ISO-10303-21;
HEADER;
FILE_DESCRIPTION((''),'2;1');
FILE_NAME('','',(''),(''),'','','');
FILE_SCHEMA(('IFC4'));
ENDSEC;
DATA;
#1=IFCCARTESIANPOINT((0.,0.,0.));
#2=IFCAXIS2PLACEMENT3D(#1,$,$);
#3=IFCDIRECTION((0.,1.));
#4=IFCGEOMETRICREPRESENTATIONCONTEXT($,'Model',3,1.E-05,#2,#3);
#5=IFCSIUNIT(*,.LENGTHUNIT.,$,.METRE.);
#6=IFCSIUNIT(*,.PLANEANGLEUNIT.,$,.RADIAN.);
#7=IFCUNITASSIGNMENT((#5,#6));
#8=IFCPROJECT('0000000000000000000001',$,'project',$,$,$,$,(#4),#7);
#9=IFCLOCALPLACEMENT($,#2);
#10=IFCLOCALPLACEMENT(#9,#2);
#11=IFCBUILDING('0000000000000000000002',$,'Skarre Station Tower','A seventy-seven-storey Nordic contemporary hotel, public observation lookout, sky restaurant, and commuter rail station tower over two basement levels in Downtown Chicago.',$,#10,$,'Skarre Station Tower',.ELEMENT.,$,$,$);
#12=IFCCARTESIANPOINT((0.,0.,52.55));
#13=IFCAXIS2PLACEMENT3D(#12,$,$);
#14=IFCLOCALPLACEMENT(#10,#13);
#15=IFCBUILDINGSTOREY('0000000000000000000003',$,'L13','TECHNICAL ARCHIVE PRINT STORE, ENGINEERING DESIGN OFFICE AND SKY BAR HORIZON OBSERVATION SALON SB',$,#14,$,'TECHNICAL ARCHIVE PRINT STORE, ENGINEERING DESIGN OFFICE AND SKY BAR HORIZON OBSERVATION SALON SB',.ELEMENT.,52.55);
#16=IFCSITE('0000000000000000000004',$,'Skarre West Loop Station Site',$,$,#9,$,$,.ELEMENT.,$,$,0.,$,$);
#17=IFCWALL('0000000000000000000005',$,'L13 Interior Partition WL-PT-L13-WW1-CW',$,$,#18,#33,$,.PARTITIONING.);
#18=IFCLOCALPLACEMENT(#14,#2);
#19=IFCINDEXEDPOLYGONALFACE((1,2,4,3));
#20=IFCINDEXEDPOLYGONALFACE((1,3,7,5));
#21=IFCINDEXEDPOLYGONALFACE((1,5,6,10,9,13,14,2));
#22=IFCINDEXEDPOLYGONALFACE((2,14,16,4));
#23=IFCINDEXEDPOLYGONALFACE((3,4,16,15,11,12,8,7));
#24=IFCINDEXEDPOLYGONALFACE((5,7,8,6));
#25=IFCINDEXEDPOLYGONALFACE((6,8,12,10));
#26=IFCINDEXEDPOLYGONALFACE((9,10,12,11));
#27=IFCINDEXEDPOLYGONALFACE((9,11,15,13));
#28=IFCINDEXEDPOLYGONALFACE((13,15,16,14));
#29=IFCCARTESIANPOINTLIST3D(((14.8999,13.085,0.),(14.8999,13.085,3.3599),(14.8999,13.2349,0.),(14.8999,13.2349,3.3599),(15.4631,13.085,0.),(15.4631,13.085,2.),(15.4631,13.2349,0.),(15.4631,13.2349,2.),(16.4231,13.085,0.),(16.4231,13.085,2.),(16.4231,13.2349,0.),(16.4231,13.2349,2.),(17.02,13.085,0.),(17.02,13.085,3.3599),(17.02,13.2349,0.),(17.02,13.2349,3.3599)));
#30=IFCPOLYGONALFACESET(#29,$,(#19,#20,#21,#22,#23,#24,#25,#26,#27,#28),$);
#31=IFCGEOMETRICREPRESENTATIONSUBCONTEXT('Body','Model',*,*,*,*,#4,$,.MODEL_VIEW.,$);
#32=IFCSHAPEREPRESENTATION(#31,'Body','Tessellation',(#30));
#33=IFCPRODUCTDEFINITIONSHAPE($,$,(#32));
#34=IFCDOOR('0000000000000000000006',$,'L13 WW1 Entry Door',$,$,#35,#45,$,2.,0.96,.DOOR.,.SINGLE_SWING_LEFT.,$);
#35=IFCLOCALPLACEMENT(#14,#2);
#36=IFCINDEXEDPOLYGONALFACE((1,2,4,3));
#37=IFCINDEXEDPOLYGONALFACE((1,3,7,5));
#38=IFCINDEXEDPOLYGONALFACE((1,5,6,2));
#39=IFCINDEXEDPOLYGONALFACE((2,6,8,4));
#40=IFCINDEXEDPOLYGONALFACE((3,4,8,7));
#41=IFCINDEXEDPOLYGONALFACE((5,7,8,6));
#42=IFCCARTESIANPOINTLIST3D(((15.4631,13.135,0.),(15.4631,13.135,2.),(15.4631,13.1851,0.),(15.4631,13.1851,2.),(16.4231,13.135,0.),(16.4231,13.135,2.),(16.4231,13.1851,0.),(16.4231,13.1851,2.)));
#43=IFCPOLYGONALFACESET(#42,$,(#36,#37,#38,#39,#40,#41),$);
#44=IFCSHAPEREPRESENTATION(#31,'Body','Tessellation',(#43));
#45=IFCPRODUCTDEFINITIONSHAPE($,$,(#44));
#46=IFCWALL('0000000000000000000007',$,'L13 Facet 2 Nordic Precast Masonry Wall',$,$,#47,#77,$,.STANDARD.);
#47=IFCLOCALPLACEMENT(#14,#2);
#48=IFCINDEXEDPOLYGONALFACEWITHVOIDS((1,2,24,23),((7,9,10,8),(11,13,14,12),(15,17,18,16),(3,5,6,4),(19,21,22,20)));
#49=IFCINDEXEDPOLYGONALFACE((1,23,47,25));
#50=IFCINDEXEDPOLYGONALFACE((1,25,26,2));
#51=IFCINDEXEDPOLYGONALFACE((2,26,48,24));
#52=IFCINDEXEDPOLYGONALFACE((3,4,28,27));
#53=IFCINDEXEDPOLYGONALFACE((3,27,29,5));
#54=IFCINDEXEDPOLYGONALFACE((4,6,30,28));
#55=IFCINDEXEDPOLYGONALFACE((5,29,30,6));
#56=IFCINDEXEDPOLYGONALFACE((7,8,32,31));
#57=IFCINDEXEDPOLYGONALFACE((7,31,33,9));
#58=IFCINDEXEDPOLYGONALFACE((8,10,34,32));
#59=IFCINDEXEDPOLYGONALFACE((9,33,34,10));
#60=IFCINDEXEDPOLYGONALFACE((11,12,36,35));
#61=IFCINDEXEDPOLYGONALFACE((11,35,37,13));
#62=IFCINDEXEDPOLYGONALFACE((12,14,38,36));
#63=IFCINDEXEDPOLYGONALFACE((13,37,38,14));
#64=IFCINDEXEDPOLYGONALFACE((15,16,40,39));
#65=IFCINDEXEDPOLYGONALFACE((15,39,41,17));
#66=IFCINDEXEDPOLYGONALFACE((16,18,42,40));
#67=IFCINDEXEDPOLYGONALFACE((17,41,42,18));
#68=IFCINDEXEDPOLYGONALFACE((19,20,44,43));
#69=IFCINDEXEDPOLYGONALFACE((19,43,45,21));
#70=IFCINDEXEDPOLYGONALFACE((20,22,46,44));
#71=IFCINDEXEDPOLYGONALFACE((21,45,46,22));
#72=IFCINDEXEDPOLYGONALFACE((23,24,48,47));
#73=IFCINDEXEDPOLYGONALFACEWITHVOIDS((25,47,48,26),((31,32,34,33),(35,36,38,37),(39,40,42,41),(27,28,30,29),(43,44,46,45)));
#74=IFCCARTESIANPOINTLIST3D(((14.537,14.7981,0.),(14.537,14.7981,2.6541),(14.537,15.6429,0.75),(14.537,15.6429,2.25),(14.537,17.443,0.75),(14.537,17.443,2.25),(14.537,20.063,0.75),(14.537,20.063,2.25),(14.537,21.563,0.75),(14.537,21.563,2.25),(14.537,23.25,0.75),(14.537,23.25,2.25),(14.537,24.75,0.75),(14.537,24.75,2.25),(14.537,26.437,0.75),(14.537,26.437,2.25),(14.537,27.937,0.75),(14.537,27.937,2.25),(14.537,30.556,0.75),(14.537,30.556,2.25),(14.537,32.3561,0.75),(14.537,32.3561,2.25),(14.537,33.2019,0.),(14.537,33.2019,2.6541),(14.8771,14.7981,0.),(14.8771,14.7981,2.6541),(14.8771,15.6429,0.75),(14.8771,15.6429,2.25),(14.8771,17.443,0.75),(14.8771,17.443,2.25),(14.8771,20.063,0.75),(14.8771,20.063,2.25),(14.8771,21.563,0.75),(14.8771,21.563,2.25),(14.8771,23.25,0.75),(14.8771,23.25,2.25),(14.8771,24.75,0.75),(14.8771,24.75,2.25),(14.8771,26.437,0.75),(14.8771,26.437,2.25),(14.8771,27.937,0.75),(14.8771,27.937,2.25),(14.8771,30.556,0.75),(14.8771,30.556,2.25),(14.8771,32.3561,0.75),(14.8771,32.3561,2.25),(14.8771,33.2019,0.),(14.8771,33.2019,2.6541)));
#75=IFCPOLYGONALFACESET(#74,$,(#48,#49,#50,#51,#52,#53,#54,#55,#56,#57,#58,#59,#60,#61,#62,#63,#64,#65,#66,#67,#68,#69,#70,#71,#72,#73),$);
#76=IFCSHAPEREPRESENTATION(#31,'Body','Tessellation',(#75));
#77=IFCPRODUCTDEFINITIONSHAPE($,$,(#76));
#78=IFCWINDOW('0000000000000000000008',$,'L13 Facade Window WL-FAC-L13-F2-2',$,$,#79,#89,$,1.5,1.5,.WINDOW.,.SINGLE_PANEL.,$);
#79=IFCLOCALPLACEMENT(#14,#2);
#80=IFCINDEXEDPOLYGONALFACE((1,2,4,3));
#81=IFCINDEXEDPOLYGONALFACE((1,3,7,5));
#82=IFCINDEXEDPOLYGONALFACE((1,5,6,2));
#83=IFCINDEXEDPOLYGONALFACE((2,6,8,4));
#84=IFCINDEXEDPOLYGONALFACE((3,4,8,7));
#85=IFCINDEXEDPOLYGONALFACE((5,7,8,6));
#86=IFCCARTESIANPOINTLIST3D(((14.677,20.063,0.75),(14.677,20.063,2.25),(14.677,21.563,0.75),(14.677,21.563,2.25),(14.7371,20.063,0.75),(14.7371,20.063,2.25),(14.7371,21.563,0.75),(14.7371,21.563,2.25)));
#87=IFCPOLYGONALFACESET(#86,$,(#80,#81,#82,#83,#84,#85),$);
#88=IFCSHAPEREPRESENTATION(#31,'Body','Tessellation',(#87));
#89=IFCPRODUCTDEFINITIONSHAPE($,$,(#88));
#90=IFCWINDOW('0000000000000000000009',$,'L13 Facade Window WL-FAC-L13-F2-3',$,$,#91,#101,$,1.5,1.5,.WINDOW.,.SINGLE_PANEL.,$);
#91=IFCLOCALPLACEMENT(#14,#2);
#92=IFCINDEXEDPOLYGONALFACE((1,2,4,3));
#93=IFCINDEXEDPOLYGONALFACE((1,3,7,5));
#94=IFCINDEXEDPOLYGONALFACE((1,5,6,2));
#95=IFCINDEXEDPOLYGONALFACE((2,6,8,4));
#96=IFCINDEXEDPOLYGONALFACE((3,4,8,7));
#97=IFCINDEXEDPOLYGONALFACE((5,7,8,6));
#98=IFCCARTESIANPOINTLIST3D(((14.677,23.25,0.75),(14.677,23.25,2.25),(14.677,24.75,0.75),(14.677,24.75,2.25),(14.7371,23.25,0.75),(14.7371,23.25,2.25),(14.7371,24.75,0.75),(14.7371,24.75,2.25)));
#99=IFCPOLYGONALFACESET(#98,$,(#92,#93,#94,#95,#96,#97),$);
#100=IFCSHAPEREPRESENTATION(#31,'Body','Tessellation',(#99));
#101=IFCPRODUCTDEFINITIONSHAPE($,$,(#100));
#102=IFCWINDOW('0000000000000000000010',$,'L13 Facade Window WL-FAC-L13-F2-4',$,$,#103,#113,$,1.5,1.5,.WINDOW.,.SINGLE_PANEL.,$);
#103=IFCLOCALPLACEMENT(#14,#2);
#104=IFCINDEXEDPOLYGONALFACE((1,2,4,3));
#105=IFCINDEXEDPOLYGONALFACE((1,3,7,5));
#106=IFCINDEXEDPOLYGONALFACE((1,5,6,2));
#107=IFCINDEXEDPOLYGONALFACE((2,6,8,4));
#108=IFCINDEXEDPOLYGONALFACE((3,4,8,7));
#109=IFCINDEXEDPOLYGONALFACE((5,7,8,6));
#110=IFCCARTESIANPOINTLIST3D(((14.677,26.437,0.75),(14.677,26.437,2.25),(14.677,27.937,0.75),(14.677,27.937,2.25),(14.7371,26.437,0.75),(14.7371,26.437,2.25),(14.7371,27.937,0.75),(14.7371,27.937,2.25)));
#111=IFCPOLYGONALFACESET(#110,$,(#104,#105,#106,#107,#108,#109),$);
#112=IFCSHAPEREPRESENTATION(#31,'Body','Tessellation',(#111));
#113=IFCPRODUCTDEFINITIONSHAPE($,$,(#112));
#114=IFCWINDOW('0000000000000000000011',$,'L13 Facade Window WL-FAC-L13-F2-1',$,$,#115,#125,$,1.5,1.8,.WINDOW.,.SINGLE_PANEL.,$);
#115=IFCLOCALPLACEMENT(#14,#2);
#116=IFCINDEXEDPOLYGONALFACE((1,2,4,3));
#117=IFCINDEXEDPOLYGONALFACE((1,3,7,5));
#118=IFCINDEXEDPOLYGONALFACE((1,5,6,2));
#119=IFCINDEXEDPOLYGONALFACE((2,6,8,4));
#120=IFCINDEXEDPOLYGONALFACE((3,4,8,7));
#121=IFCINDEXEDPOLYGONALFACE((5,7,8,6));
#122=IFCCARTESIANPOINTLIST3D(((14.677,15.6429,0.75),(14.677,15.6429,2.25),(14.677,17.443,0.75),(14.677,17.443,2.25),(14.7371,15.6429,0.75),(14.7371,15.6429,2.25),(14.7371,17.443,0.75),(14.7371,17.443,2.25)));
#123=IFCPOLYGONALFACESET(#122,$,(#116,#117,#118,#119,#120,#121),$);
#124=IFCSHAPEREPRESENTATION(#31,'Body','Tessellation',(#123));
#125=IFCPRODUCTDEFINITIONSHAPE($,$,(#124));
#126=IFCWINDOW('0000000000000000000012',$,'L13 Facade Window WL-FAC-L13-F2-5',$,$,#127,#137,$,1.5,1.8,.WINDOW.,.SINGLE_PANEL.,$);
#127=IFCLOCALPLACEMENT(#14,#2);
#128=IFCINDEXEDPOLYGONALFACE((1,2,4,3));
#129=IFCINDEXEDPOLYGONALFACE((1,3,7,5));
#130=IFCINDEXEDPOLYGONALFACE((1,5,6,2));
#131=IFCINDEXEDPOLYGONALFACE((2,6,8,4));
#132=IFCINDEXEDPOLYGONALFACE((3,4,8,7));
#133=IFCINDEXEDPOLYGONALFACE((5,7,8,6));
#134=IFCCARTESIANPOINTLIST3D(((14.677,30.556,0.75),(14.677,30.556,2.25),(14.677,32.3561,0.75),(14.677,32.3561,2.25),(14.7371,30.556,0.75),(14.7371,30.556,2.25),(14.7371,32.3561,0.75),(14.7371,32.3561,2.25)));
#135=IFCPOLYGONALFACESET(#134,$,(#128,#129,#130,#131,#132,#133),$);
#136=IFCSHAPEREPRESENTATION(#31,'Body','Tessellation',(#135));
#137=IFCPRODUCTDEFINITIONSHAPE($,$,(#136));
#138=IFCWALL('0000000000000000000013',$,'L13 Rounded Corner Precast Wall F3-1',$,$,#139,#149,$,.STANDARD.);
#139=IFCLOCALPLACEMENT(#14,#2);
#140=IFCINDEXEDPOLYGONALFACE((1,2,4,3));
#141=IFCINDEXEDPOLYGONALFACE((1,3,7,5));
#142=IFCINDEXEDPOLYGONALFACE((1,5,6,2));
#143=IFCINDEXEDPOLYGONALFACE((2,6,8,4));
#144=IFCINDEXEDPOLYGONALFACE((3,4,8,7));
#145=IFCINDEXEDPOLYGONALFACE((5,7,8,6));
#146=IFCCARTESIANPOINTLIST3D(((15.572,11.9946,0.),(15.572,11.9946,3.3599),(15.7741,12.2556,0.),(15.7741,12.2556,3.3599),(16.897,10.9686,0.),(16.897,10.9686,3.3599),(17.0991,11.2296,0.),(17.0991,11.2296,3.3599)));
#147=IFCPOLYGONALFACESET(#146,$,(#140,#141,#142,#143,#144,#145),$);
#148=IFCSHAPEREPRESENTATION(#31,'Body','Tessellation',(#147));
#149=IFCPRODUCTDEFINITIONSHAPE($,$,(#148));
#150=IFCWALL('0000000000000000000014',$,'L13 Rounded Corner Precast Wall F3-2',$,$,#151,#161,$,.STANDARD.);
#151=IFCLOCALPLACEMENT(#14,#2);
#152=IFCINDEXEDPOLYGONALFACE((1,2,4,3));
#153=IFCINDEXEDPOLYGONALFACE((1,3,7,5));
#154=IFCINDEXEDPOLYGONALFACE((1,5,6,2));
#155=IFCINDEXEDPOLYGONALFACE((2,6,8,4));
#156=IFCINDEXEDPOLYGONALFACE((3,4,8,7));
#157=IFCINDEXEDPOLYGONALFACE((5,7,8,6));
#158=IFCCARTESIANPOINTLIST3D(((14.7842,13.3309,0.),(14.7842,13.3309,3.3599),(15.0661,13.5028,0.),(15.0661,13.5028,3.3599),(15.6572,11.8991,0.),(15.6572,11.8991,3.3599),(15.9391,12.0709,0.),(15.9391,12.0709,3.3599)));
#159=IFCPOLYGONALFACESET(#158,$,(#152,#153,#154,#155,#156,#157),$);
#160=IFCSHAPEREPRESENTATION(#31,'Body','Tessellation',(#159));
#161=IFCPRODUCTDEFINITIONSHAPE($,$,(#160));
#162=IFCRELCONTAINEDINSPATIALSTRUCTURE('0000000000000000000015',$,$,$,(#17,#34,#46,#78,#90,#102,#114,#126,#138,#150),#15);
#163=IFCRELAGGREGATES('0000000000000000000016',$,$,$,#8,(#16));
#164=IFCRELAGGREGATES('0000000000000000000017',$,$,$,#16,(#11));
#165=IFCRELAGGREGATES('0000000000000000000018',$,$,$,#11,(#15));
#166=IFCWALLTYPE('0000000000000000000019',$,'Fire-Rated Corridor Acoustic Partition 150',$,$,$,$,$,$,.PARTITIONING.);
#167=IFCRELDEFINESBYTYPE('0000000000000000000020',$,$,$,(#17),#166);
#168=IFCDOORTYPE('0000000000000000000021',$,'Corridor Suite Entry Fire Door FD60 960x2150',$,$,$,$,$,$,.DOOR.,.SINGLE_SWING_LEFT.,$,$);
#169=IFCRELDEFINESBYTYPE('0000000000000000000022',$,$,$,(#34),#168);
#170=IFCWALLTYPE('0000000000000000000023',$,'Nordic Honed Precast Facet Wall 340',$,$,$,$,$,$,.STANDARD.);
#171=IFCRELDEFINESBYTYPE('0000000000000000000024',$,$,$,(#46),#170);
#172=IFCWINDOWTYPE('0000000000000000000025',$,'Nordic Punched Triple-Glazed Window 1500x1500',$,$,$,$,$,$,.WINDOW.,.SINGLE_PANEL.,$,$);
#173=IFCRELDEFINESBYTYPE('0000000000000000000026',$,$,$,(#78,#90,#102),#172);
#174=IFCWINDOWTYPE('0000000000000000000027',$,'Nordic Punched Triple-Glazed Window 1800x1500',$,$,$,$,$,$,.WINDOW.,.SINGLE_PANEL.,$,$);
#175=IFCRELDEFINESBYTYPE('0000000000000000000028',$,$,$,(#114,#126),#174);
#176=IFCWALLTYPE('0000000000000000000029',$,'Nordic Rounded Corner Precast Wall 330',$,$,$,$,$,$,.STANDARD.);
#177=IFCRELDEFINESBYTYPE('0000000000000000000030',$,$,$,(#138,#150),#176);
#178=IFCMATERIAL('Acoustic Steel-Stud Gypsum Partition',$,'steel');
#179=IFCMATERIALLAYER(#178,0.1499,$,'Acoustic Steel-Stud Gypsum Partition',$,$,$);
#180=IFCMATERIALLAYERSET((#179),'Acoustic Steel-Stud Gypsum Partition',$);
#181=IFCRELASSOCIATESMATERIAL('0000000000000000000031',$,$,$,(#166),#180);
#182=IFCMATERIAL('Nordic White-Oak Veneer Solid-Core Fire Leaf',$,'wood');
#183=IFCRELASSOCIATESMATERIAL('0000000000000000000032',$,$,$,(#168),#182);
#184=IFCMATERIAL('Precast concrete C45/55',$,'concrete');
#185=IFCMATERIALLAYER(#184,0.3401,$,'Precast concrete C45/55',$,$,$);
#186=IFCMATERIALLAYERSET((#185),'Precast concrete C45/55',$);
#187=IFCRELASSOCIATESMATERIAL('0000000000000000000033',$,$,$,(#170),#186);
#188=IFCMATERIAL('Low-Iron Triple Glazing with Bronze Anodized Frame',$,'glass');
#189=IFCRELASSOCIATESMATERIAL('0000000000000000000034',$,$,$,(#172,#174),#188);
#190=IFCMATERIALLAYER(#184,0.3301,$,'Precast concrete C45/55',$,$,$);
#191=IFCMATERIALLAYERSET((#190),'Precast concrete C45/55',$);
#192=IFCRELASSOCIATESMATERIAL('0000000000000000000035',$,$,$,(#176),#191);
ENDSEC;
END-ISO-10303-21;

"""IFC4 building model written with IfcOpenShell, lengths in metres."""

from ifc_helpers import new_model, si_unit, direction, frame, frame_2d, origin, place, context, subcontext, project, spatial, rectangle, extrude, material, layer, layer_set, type_object, element, fill, save


model = new_model("IFC4")

# Units and contexts
model_context = context("Model", 3, precision=1e-05, world=origin(), true_north=direction((0.0, 1.0)))
body_context = subcontext(model_context, "Body", "Model", "MODEL_VIEW")
ifc_project = project(units=[si_unit("LENGTHUNIT", "METRE"), si_unit("PLANEANGLEUNIT", "RADIAN")], contexts=[model_context])

# Site, building, storey
site_placement = place(None, origin())
site = spatial("IfcSite", under=ifc_project, at=site_placement, Name="Skarre West Loop Station Site", CompositionType="ELEMENT", RefElevation=0.0)
building_placement = place(site_placement, origin())
building = spatial("IfcBuilding", under=site, at=building_placement, Name="Skarre Station Tower", Description="A seventy-seven-storey Nordic contemporary hotel, public observation lookout, sky restaurant, and commuter rail station tower over two basement levels in Downtown Chicago.", LongName="Skarre Station Tower", CompositionType="ELEMENT")
storey_placement = place(building_placement, frame((0.0, 0.0, 52.55)))
storey = spatial("IfcBuildingStorey", under=building, at=storey_placement, Name="L13", Description="TECHNICAL ARCHIVE PRINT STORE, ENGINEERING DESIGN OFFICE AND SKY BAR HORIZON OBSERVATION SALON SB", LongName="TECHNICAL ARCHIVE PRINT STORE, ENGINEERING DESIGN OFFICE AND SKY BAR HORIZON OBSERVATION SALON SB", CompositionType="ELEMENT", Elevation=52.55)

# Wall, opening, door
ifc_material_1 = material(Name="Acoustic Steel-Stud Gypsum Partition", Category="steel")
ifc_layer_1 = layer(ifc_material_1, 0.1499, Name="Acoustic Steel-Stud Gypsum Partition")
ifc_layer_set_1 = layer_set([ifc_layer_1], Name="Acoustic Steel-Stud Gypsum Partition")
wall_type_1 = type_object("IfcWallType", Name="Fire-Rated Corridor Acoustic Partition 150", PredefinedType="PARTITIONING", material=ifc_layer_set_1)
wall_1_placement = place(storey_placement, frame((17.02, 13.1599, 0.0), z_axis=(0.0, 0.0, 1.0), x_axis=(-1.0, 0.0, 0.0)))
wall_1 = element("IfcWall", 1, at=wall_1_placement, inside=storey, type_object=wall_type_1, Name="L13 Interior Partition WL-PT-L13-WW1-CW", PredefinedType="PARTITIONING", context=body_context, shape_type="SweptSolid", body=[
    extrude(rectangle(XDim=2.1201, YDim=0.1499, at=frame_2d((1.0601, 0.0))), origin(), (0.0, 0.0, 1.0), 3.3599),
])
opening_1_placement = place(wall_1_placement, frame((0.5969, 0.0, 0.0)))
opening_1 = element("IfcOpeningElement", 2, at=opening_1_placement, cuts=wall_1, PredefinedType="OPENING", context=body_context, shape_type="SweptSolid", body=[
    extrude(rectangle(XDim=0.96, YDim=2.0, at=frame_2d((0.48, 1.0))), frame((0.0, 0.085, 0.0), z_axis=(0.0, -1.0, 0.0), x_axis=(1.0, 0.0, 0.0)), (0.0, 0.0, 1.0), 0.1699),
])
ifc_material_2 = material(Name="Nordic White-Oak Veneer Solid-Core Fire Leaf", Category="wood")
door_type_1 = type_object("IfcDoorType", Name="Corridor Suite Entry Fire Door FD60 960x2150", OperationType="SINGLE_SWING_LEFT", PredefinedType="DOOR", material=ifc_material_2)
door_1_placement = place(opening_1_placement, origin())
door_1 = element("IfcDoor", 3, at=door_1_placement, inside=storey, type_object=door_type_1, Name="L13 WW1 Entry Door", OperationType="SINGLE_SWING_LEFT", OverallHeight=2.0, OverallWidth=0.96, PredefinedType="DOOR", context=body_context, shape_type="SweptSolid", body=[
    extrude(rectangle(XDim=0.96, YDim=2.0, at=frame_2d((0.48, 1.0))), frame((0.0, 0.0249, 0.0), z_axis=(0.0, -1.0, 0.0), x_axis=(1.0, 0.0, 0.0)), (0.0, 0.0, 1.0), 0.05),
])
fill(opening_1, door_1)

# Wall, openings, windows
ifc_material_3 = material(Name="Precast concrete C45/55", Category="concrete")
ifc_layer_2 = layer(ifc_material_3, 0.3401, Name="Precast concrete C45/55")
ifc_layer_set_2 = layer_set([ifc_layer_2], Name="Precast concrete C45/55")
wall_type_2 = type_object("IfcWallType", Name="Nordic Honed Precast Facet Wall 340", PredefinedType="STANDARD", material=ifc_layer_set_2)
wall_2_placement = place(storey_placement, frame((14.707, 14.7981, 0.0), z_axis=(0.0, 0.0, 1.0), x_axis=(0.0, 1.0, 0.0)))
wall_2 = element("IfcWall", 4, at=wall_2_placement, inside=storey, type_object=wall_type_2, Name="L13 Facet 2 Nordic Precast Masonry Wall", PredefinedType="STANDARD", context=body_context, shape_type="SweptSolid", body=[
    extrude(rectangle(XDim=18.4038, YDim=0.3401, at=frame_2d((9.2019, 0.0))), origin(), (0.0, 0.0, 1.0), 2.6541),
])
opening_2_placement = place(wall_2_placement, frame((0.845, 0.0, 0.75)))
opening_2 = element("IfcOpeningElement", 5, at=opening_2_placement, cuts=wall_2, PredefinedType="OPENING", context=body_context, shape_type="SweptSolid", body=[
    extrude(rectangle(XDim=1.8, YDim=1.5, at=frame_2d((0.8999, 0.75))), frame((0.0, 0.1799, 0.0), z_axis=(0.0, -1.0, 0.0), x_axis=(1.0, 0.0, 0.0)), (0.0, 0.0, 1.0), 0.3601),
])
opening_3_placement = place(wall_2_placement, frame((5.2649, 0.0, 0.75)))
opening_3 = element("IfcOpeningElement", 6, at=opening_3_placement, cuts=wall_2, PredefinedType="OPENING", context=body_context, shape_type="SweptSolid", body=[
    extrude(rectangle(XDim=1.5, YDim=1.5, at=frame_2d((0.75, 0.75))), frame((0.0, 0.1799, 0.0), z_axis=(0.0, -1.0, 0.0), x_axis=(1.0, 0.0, 0.0)), (0.0, 0.0, 1.0), 0.3601),
])
opening_4_placement = place(wall_2_placement, frame((8.4519, 0.0, 0.75)))
opening_4 = element("IfcOpeningElement", 7, at=opening_4_placement, cuts=wall_2, PredefinedType="OPENING", context=body_context, shape_type="SweptSolid", body=[
    extrude(rectangle(XDim=1.5, YDim=1.5, at=frame_2d((0.75, 0.75))), frame((0.0, 0.1799, 0.0), z_axis=(0.0, -1.0, 0.0), x_axis=(1.0, 0.0, 0.0)), (0.0, 0.0, 1.0), 0.3601),
])
opening_5_placement = place(wall_2_placement, frame((11.6389, 0.0, 0.75)))
opening_5 = element("IfcOpeningElement", 8, at=opening_5_placement, cuts=wall_2, PredefinedType="OPENING", context=body_context, shape_type="SweptSolid", body=[
    extrude(rectangle(XDim=1.5, YDim=1.5, at=frame_2d((0.75, 0.75))), frame((0.0, 0.1799, 0.0), z_axis=(0.0, -1.0, 0.0), x_axis=(1.0, 0.0, 0.0)), (0.0, 0.0, 1.0), 0.3601),
])
opening_6_placement = place(wall_2_placement, frame((15.7581, 0.0, 0.75)))
opening_6 = element("IfcOpeningElement", 9, at=opening_6_placement, cuts=wall_2, PredefinedType="OPENING", context=body_context, shape_type="SweptSolid", body=[
    extrude(rectangle(XDim=1.8, YDim=1.5, at=frame_2d((0.8999, 0.75))), frame((0.0, 0.1799, 0.0), z_axis=(0.0, -1.0, 0.0), x_axis=(1.0, 0.0, 0.0)), (0.0, 0.0, 1.0), 0.3601),
])
ifc_material_4 = material(Name="Low-Iron Triple Glazing with Bronze Anodized Frame", Category="glass")
window_type_1 = type_object("IfcWindowType", Name="Nordic Punched Triple-Glazed Window 1500x1500", PartitioningType="SINGLE_PANEL", PredefinedType="WINDOW", material=ifc_material_4)
window_1_placement = place(opening_3_placement, origin())
window_1 = element("IfcWindow", 10, at=window_1_placement, inside=storey, type_object=window_type_1, Name="L13 Facade Window WL-FAC-L13-F2-2", OverallHeight=1.5, OverallWidth=1.5, PartitioningType="SINGLE_PANEL", PredefinedType="WINDOW", context=body_context, shape_type="SweptSolid", body=[
    extrude(rectangle(XDim=1.5, YDim=1.5, at=frame_2d((0.75, 0.75))), frame((0.0, 0.03, 0.0), z_axis=(0.0, -1.0, 0.0), x_axis=(1.0, 0.0, 0.0)), (0.0, 0.0, 1.0), 0.0601),
])
fill(opening_3, window_1)
window_2_placement = place(opening_4_placement, origin())
window_2 = element("IfcWindow", 11, at=window_2_placement, inside=storey, type_object=window_type_1, Name="L13 Facade Window WL-FAC-L13-F2-3", OverallHeight=1.5, OverallWidth=1.5, PartitioningType="SINGLE_PANEL", PredefinedType="WINDOW", context=body_context, shape_type="SweptSolid", body=[
    extrude(rectangle(XDim=1.5, YDim=1.5, at=frame_2d((0.75, 0.75))), frame((0.0, 0.03, 0.0), z_axis=(0.0, -1.0, 0.0), x_axis=(1.0, 0.0, 0.0)), (0.0, 0.0, 1.0), 0.0601),
])
fill(opening_4, window_2)
window_3_placement = place(opening_5_placement, origin())
window_3 = element("IfcWindow", 12, at=window_3_placement, inside=storey, type_object=window_type_1, Name="L13 Facade Window WL-FAC-L13-F2-4", OverallHeight=1.5, OverallWidth=1.5, PartitioningType="SINGLE_PANEL", PredefinedType="WINDOW", context=body_context, shape_type="SweptSolid", body=[
    extrude(rectangle(XDim=1.5, YDim=1.5, at=frame_2d((0.75, 0.75))), frame((0.0, 0.03, 0.0), z_axis=(0.0, -1.0, 0.0), x_axis=(1.0, 0.0, 0.0)), (0.0, 0.0, 1.0), 0.0601),
])
fill(opening_5, window_3)
window_type_2 = type_object("IfcWindowType", Name="Nordic Punched Triple-Glazed Window 1800x1500", PartitioningType="SINGLE_PANEL", PredefinedType="WINDOW", material=ifc_material_4)
window_4_placement = place(opening_2_placement, origin())
window_4 = element("IfcWindow", 13, at=window_4_placement, inside=storey, type_object=window_type_2, Name="L13 Facade Window WL-FAC-L13-F2-1", OverallHeight=1.5, OverallWidth=1.8, PartitioningType="SINGLE_PANEL", PredefinedType="WINDOW", context=body_context, shape_type="SweptSolid", body=[
    extrude(rectangle(XDim=1.8, YDim=1.5, at=frame_2d((0.8999, 0.75))), frame((0.0, 0.03, 0.0), z_axis=(0.0, -1.0, 0.0), x_axis=(1.0, 0.0, 0.0)), (0.0, 0.0, 1.0), 0.0601),
])
fill(opening_2, window_4)
window_5_placement = place(opening_6_placement, origin())
window_5 = element("IfcWindow", 14, at=window_5_placement, inside=storey, type_object=window_type_2, Name="L13 Facade Window WL-FAC-L13-F2-5", OverallHeight=1.5, OverallWidth=1.8, PartitioningType="SINGLE_PANEL", PredefinedType="WINDOW", context=body_context, shape_type="SweptSolid", body=[
    extrude(rectangle(XDim=1.8, YDim=1.5, at=frame_2d((0.8999, 0.75))), frame((0.0, 0.03, 0.0), z_axis=(0.0, -1.0, 0.0), x_axis=(1.0, 0.0, 0.0)), (0.0, 0.0, 1.0), 0.0601),
])
fill(opening_6, window_5)

# Walls
ifc_layer_3 = layer(ifc_material_3, 0.3301, Name="Precast concrete C45/55")
ifc_layer_set_3 = layer_set([ifc_layer_3], Name="Precast concrete C45/55")
wall_type_3 = type_object("IfcWallType", Name="Nordic Rounded Corner Precast Wall 330", PredefinedType="STANDARD", material=ifc_layer_set_3)
wall_3_placement = place(storey_placement, frame((16.998, 11.0991, 0.0), z_axis=(0.0, 0.0, 1.0), x_axis=(-0.790692, 0.612214, 0.0)))
element("IfcWall", 15, at=wall_3_placement, inside=storey, type_object=wall_type_3, Name="L13 Rounded Corner Precast Wall F3-1", PredefinedType="STANDARD", context=body_context, shape_type="SweptSolid", body=[
    extrude(rectangle(XDim=1.6758, YDim=0.3301, at=frame_2d((0.8379, 0.0))), origin(), (0.0, 0.0, 1.0), 3.3599),
])
wall_4_placement = place(storey_placement, frame((15.7981, 11.9851, 0.0), z_axis=(0.0, 0.0, 1.0), x_axis=(-0.520584, 0.85381, 0.0)))
element("IfcWall", 16, at=wall_4_placement, inside=storey, type_object=wall_type_3, Name="L13 Rounded Corner Precast Wall F3-2", PredefinedType="STANDARD", context=body_context, shape_type="SweptSolid", body=[
    extrude(rectangle(XDim=1.677, YDim=0.3301, at=frame_2d((0.8384, 0.0))), origin(), (0.0, 0.0, 1.0), 3.3599),
])

save(model, "model.ifc")
